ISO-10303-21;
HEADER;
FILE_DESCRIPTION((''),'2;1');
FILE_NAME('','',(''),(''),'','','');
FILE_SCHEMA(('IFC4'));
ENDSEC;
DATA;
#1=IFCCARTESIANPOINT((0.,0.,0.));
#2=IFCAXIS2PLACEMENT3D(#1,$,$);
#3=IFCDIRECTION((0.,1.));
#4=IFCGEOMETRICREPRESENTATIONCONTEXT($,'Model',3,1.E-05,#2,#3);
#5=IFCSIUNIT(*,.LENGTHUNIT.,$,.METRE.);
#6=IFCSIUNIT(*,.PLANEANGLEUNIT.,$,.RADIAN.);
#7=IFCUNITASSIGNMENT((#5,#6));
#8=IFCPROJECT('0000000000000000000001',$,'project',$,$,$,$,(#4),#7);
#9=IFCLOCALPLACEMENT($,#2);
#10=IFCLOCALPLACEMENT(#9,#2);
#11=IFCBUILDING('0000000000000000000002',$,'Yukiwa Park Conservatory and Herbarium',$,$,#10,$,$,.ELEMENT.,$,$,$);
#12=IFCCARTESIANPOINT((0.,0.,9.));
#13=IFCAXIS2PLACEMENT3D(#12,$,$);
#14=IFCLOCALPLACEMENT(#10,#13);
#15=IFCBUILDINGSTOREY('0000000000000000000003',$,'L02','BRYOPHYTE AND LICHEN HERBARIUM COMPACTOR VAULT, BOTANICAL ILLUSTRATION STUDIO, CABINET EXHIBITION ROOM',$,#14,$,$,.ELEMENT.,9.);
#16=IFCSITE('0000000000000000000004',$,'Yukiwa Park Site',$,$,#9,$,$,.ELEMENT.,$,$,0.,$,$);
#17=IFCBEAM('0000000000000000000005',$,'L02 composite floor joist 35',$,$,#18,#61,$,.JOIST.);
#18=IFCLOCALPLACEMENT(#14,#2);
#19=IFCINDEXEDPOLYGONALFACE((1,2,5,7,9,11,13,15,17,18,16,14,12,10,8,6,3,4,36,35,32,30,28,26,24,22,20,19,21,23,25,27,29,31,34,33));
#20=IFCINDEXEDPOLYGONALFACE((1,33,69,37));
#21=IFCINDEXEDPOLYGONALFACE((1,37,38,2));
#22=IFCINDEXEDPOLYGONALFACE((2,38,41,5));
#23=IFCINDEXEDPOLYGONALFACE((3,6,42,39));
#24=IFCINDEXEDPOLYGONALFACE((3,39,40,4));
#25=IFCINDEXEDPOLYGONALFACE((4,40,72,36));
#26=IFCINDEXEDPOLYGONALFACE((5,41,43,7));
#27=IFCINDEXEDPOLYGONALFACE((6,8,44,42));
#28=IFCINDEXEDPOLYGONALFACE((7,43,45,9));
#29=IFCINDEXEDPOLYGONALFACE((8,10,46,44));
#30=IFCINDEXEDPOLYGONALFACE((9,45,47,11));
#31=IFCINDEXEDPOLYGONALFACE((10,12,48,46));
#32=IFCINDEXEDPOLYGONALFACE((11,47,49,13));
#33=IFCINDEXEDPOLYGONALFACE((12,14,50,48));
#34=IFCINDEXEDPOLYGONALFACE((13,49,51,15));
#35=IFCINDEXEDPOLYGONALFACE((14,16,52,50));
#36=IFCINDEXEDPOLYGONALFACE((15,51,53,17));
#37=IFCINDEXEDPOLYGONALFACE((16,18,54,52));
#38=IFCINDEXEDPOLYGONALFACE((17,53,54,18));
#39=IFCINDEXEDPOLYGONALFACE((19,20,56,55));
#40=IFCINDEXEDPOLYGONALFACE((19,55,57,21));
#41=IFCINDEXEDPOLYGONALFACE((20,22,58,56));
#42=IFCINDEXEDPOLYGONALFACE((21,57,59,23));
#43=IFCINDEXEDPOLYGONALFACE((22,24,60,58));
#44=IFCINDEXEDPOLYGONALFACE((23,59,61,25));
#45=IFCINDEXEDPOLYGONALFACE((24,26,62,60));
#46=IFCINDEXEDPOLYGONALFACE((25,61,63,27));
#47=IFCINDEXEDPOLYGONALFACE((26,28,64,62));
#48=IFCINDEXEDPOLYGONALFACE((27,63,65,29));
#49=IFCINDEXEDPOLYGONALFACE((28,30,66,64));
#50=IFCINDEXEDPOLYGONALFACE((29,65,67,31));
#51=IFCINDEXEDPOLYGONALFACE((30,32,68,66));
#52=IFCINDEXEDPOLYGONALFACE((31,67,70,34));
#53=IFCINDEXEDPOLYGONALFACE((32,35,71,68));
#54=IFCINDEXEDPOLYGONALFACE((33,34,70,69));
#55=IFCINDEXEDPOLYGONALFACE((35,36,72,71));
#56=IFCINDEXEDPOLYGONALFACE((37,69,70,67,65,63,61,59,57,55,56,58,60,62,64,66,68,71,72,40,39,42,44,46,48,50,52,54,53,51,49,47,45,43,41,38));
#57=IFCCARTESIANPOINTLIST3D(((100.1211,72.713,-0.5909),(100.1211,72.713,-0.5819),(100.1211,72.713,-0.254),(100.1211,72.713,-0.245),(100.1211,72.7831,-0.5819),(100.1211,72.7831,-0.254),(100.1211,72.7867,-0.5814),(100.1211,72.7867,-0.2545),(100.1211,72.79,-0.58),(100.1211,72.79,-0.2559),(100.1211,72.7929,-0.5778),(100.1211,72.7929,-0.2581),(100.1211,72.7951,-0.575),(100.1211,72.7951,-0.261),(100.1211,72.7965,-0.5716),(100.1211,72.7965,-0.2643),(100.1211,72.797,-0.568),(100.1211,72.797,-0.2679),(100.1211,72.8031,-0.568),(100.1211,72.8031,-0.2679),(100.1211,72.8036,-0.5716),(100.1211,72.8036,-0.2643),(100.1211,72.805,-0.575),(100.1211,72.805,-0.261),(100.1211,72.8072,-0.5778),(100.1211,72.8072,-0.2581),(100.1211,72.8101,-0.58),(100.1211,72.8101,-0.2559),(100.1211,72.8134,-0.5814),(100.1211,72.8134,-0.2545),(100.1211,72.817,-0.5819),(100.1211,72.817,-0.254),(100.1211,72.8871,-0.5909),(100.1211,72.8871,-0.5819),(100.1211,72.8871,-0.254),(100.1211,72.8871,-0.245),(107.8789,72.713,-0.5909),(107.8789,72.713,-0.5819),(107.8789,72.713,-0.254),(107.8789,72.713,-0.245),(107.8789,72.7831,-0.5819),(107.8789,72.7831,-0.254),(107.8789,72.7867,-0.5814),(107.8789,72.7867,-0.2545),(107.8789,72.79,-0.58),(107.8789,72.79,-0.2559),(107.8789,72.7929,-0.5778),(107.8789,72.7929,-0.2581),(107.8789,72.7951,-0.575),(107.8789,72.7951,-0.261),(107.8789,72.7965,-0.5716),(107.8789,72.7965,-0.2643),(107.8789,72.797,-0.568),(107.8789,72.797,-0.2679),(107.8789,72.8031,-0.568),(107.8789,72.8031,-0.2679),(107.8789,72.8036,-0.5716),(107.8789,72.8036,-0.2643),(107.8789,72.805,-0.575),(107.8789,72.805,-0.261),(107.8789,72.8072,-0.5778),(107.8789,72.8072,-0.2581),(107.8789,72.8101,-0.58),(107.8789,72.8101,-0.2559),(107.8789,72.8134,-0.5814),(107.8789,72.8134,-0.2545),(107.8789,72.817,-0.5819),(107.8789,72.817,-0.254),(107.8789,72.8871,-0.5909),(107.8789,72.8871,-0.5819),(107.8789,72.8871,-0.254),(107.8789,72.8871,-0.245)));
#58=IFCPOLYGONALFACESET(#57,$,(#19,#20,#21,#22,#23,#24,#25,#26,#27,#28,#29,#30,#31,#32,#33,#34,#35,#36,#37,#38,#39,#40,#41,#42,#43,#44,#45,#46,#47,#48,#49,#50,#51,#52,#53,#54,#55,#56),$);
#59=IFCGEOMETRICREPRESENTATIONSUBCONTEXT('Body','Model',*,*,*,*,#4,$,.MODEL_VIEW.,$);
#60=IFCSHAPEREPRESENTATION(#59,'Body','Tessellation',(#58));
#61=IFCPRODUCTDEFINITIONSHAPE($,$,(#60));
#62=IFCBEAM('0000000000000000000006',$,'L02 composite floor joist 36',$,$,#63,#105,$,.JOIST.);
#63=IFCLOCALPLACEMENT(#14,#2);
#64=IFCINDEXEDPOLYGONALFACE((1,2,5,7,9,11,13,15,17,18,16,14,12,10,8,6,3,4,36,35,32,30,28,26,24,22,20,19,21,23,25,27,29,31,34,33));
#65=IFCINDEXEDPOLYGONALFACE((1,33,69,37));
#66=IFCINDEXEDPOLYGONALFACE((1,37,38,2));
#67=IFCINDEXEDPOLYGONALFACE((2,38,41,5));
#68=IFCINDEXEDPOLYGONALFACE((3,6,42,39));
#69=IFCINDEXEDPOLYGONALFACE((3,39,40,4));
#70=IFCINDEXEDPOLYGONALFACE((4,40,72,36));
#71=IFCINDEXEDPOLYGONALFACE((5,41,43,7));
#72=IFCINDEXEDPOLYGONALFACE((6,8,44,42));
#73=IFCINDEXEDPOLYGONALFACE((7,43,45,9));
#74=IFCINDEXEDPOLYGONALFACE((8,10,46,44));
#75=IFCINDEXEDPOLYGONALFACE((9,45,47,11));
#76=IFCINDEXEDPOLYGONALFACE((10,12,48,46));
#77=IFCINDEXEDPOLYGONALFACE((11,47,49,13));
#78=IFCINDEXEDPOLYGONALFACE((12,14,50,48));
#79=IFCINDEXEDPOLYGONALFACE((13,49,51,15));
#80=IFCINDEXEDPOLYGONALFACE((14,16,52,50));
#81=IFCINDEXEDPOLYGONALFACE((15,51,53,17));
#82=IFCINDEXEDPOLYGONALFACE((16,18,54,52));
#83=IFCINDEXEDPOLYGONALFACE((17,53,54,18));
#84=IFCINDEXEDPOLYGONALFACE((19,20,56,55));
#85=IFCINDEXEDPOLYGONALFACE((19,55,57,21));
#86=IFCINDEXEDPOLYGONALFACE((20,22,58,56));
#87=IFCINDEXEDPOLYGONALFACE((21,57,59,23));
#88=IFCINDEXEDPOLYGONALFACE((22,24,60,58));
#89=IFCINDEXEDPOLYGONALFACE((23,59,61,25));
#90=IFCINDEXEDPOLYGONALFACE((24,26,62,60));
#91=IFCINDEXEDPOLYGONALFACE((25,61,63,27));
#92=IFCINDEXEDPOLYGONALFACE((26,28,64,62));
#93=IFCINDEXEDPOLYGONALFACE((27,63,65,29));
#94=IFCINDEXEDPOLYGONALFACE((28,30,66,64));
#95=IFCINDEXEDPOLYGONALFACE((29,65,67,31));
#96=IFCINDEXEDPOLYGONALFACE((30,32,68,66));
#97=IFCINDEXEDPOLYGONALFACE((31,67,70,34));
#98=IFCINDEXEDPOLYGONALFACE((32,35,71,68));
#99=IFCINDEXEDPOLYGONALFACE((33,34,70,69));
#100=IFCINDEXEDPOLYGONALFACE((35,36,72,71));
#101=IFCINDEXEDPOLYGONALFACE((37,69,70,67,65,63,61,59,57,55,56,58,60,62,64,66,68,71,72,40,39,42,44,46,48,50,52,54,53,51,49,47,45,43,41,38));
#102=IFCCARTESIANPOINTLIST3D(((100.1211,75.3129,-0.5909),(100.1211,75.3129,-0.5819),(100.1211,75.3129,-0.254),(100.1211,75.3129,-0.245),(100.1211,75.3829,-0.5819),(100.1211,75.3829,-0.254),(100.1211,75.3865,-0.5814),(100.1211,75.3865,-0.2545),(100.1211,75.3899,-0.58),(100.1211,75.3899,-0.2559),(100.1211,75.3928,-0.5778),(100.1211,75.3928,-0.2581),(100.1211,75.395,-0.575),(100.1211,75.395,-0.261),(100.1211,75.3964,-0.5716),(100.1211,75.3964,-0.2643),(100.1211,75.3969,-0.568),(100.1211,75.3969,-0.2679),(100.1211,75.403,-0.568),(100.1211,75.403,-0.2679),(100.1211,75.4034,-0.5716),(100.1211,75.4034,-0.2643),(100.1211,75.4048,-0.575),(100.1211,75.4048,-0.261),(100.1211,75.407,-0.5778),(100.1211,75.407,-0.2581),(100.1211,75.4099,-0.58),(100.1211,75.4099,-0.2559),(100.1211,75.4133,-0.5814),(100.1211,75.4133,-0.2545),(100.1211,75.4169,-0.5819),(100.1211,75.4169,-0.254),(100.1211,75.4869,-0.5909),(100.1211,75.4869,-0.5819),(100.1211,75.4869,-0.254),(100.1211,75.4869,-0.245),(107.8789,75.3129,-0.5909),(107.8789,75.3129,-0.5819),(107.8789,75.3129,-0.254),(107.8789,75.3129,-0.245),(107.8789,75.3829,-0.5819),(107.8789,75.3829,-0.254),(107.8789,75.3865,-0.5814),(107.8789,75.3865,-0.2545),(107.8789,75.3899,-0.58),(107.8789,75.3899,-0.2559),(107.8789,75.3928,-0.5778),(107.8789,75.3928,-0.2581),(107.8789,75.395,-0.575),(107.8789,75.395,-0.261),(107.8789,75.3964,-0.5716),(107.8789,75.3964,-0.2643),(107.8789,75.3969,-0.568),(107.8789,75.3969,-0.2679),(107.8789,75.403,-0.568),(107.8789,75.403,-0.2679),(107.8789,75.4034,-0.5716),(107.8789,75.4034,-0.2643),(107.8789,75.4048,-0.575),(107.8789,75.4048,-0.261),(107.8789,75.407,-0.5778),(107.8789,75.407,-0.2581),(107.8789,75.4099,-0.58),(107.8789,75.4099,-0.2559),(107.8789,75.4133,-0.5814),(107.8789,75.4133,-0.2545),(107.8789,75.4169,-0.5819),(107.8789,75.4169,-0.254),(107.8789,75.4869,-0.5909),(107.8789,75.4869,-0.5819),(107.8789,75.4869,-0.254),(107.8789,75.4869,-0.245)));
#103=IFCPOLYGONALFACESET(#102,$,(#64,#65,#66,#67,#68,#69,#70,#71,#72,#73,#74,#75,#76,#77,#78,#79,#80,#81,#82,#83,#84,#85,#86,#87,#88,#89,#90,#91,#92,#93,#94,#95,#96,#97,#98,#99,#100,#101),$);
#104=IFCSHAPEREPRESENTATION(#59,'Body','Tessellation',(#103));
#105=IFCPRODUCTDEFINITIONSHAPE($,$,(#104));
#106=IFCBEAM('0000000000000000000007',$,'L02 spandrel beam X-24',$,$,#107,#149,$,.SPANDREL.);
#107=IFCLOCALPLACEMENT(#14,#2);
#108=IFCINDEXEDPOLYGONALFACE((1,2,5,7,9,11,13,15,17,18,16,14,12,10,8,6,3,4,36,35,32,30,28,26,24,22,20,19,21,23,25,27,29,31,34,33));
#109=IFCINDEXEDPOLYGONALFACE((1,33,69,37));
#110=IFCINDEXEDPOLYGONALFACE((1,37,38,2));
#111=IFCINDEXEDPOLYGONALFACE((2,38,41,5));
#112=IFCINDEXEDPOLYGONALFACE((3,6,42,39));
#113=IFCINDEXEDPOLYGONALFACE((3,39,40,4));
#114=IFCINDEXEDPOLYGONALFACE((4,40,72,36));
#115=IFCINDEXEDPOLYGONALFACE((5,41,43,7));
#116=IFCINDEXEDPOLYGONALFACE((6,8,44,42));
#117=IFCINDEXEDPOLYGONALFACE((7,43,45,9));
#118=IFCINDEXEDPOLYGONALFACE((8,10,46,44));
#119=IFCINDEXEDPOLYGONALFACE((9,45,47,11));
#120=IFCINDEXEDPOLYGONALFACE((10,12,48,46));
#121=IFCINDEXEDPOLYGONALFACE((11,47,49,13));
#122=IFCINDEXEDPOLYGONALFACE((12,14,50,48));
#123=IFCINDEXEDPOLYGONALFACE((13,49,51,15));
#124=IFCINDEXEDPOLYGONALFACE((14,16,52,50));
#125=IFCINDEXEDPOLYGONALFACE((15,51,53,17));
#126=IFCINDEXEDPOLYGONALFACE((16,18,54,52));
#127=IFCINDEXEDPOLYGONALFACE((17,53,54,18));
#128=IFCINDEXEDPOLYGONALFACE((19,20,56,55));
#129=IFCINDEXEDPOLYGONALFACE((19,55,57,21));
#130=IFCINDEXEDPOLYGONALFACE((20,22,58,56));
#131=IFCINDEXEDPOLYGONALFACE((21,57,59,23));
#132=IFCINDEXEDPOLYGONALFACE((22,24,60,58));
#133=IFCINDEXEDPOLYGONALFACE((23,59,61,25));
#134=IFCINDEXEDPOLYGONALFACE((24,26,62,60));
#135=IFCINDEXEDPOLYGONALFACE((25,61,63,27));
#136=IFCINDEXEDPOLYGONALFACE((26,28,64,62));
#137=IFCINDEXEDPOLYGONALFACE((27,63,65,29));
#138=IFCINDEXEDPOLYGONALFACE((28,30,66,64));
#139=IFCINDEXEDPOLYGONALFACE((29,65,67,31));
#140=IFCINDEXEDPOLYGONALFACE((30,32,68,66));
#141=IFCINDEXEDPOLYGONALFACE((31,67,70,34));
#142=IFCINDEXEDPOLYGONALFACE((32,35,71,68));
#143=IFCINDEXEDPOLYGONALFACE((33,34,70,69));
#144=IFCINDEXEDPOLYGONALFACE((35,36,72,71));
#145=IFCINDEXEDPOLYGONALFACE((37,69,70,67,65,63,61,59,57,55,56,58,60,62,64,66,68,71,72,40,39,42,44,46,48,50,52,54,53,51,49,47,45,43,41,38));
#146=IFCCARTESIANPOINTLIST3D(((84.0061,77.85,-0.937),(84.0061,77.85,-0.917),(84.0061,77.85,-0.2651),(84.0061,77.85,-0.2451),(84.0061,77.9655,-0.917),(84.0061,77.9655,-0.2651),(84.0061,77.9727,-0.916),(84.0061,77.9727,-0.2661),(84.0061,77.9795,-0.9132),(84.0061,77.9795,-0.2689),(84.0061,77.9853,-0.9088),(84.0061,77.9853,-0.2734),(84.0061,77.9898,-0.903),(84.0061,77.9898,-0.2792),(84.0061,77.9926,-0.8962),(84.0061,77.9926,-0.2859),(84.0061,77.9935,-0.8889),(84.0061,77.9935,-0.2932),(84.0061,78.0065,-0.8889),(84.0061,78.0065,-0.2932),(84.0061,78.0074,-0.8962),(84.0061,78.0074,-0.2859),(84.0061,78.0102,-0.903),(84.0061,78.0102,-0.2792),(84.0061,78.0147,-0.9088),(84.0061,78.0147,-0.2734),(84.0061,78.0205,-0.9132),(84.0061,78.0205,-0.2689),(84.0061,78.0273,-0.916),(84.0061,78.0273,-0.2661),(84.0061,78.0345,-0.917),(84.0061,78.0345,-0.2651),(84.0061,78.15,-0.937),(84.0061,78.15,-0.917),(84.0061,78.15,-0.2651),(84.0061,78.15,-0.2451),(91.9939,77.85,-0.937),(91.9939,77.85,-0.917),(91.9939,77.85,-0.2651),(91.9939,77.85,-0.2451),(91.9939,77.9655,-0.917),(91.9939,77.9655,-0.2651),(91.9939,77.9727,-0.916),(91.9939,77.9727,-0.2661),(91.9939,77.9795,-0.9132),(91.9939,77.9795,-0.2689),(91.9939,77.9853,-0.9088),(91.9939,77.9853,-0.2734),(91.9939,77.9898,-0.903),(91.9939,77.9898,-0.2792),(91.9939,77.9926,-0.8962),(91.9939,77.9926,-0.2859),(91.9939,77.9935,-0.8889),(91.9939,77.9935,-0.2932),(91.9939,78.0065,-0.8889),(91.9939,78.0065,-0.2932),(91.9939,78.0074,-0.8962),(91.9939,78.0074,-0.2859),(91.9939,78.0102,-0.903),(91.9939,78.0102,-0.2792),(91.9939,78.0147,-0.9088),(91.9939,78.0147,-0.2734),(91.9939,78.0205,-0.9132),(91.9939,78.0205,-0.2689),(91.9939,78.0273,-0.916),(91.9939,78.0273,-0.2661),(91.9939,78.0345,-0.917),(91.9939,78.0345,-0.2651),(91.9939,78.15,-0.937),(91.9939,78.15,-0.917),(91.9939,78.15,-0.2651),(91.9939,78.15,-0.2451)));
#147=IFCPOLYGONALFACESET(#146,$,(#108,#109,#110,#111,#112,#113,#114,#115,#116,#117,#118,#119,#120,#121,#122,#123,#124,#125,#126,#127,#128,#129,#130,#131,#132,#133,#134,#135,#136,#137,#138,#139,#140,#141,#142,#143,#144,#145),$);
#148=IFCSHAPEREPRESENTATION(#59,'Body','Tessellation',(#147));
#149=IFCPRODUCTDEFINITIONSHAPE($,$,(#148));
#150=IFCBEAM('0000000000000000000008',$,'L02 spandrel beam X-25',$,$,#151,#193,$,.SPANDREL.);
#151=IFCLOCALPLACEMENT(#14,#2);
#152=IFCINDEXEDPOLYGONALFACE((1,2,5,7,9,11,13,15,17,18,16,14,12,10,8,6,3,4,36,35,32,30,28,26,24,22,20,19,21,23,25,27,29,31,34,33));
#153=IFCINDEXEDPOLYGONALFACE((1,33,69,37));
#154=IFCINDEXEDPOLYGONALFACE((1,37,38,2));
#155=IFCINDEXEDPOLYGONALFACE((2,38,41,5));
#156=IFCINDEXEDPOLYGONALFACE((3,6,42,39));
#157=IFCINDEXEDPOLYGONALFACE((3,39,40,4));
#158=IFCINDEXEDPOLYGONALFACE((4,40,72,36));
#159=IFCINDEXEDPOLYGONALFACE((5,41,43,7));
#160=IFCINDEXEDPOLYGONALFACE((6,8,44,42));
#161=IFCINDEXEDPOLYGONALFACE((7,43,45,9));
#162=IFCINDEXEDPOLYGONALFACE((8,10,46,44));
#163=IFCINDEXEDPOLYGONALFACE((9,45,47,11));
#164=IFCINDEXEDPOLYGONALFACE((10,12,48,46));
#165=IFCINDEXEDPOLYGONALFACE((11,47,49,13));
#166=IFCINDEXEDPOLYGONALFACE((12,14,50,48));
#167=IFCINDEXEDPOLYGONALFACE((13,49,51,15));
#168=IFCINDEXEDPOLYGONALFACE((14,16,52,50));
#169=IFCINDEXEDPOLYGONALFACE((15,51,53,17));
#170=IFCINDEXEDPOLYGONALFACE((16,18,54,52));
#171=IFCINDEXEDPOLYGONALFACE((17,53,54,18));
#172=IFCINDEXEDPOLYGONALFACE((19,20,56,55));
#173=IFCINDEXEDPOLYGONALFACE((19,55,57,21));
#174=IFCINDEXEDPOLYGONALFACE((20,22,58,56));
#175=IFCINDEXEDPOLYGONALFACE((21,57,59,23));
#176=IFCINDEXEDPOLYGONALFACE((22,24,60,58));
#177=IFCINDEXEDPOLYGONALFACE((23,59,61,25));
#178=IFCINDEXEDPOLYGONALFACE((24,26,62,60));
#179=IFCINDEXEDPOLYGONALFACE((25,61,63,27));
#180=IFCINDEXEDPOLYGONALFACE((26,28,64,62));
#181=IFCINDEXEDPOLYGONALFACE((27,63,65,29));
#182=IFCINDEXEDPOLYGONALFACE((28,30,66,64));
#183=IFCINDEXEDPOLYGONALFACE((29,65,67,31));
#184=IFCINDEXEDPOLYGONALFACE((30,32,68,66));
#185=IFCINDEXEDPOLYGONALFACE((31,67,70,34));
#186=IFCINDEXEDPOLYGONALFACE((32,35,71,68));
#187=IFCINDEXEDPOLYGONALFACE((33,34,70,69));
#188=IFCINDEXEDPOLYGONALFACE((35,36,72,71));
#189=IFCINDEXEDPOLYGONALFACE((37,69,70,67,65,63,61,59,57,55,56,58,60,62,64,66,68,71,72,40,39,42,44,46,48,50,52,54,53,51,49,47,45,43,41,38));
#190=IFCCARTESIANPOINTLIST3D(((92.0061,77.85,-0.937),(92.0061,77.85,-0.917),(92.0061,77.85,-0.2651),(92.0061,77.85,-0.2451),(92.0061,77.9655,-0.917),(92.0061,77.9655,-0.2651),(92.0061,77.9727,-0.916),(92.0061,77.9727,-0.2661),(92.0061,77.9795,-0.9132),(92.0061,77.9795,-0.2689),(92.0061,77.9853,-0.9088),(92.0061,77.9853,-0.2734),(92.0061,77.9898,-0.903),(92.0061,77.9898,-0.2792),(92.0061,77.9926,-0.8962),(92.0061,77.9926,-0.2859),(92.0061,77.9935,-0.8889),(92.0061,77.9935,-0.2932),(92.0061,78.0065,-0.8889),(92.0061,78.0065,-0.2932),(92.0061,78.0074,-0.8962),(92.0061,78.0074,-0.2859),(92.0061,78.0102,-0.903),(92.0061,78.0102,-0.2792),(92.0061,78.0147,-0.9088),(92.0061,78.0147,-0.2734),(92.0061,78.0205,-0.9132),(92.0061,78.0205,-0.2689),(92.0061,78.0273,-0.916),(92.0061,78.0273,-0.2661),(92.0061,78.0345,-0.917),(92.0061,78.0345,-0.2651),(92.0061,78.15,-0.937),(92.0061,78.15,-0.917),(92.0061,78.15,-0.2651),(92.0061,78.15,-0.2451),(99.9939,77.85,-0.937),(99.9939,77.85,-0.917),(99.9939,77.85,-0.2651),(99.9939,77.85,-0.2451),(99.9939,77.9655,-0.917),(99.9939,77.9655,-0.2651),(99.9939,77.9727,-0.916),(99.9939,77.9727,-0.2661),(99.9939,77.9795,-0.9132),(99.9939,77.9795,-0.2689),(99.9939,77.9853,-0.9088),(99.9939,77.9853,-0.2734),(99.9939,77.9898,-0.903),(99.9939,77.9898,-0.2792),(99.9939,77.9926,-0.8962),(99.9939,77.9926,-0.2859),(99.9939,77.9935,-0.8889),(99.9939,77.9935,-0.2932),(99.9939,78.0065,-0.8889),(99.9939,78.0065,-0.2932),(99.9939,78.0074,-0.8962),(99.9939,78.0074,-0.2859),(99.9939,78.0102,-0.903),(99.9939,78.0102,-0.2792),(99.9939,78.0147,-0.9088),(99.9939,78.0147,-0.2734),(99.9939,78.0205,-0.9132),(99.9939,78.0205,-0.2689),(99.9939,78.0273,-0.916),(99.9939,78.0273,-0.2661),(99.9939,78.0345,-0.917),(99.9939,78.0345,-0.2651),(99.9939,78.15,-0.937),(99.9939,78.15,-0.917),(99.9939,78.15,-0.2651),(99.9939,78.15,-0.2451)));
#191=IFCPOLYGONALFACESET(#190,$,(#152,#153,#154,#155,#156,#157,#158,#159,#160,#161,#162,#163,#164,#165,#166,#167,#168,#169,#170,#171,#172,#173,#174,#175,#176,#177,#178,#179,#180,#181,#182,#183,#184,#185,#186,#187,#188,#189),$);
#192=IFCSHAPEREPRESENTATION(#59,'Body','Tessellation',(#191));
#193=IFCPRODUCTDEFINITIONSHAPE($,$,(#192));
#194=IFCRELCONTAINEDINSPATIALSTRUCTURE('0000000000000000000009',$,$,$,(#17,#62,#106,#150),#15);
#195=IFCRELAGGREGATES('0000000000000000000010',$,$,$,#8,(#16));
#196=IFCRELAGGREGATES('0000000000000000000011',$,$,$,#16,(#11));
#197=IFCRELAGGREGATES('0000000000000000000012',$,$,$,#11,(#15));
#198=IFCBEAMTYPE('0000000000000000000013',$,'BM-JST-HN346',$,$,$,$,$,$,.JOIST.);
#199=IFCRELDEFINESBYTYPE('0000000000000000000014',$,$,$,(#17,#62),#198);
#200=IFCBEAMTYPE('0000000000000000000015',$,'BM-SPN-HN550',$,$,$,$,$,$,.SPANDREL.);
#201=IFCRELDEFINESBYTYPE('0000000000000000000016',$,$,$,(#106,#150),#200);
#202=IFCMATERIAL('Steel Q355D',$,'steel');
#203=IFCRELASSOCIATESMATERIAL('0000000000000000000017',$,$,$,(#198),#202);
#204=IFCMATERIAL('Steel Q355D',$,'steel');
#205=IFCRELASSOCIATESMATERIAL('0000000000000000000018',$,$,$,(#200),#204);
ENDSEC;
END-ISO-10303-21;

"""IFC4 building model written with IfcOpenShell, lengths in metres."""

from ifc_helpers import new_model, si_unit, direction, frame, origin, origin_2d, place, context, subcontext, project, spatial, i_section, extrude, material, material_profile, profile_set, type_object, element, save


model = new_model("IFC4")

# Units and contexts
model_context = context("Model", 3, precision=1e-05, world=origin(), true_north=direction((0.0, 1.0)))
body_context = subcontext(model_context, "Body", "Model", "MODEL_VIEW")
ifc_project = project(units=[si_unit("LENGTHUNIT", "METRE"), si_unit("PLANEANGLEUNIT", "RADIAN")], contexts=[model_context])

# Site, building, storey
site_placement = place(None, origin())
site = spatial("IfcSite", under=ifc_project, at=site_placement, Name="Yukiwa Park Site", CompositionType="ELEMENT", RefElevation=0.0)
building_placement = place(site_placement, origin())
building = spatial("IfcBuilding", under=site, at=building_placement, Name="Yukiwa Park Conservatory and Herbarium", CompositionType="ELEMENT")
storey_placement = place(building_placement, frame((0.0, 0.0, 9.0)))
storey = spatial("IfcBuildingStorey", under=building, at=storey_placement, Name="L02", Description="BRYOPHYTE AND LICHEN HERBARIUM COMPACTOR VAULT, BOTANICAL ILLUSTRATION STUDIO, CABINET EXHIBITION ROOM", CompositionType="ELEMENT", Elevation=9.0)

# Beams
ifc_material_1 = material(Name="Steel Q355D", Category="steel")
ifc_material_profile_1 = material_profile(ifc_material_1, i_section(OverallWidth=0.1741, OverallDepth=0.3459, WebThickness=0.0061, FlangeThickness=0.009, FilletRadius=0.0139, at=origin_2d()), Name="HN 346x174x6x9")
ifc_profile_set_1 = profile_set([ifc_material_profile_1], Name="Steel Q355D")
beam_type_1 = type_object("IfcBeamType", Name="BM-JST-HN346", PredefinedType="JOIST", material=ifc_profile_set_1)
for number, where, z_axis, x_axis, name in (
    (1, (100.1211, 72.8, -0.418), (1.0, 0.0, 0.0), (0.0, 1.0, 0.0), "L02 composite floor joist 35"),
    (2, (100.1211, 75.3999, -0.418), (1.0, 0.0, 0.0), (0.0, 1.0, 0.0), "L02 composite floor joist 36"),
):
    element("IfcBeam", number, at=place(storey_placement, frame(where, z_axis=z_axis, x_axis=x_axis)), inside=storey, type_object=beam_type_1, Name=name, PredefinedType="JOIST", context=body_context, shape_type="SweptSolid", body=[
        extrude(i_section(OverallWidth=0.1741, OverallDepth=0.3459, WebThickness=0.0061, FlangeThickness=0.009, FilletRadius=0.0139, at=origin_2d()), origin(), (0.0, 0.0, 1.0), 7.7578),
    ])
ifc_material_2 = material(Name="Steel Q355D", Category="steel")
ifc_material_profile_2 = material_profile(ifc_material_2, i_section(OverallWidth=0.3, OverallDepth=0.6919, WebThickness=0.0129, FlangeThickness=0.02, FilletRadius=0.0281, at=origin_2d()), Name="HN 692x300x13x20")
ifc_profile_set_2 = profile_set([ifc_material_profile_2], Name="Steel Q355D")
beam_type_2 = type_object("IfcBeamType", Name="BM-SPN-HN550", PredefinedType="SPANDREL", material=ifc_profile_set_2)
for number, where, z_axis, x_axis, name in (
    (3, (84.0061, 78.0, -0.5911), (1.0, 0.0, 0.0), (0.0, 1.0, 0.0), "L02 spandrel beam X-24"),
    (4, (92.0061, 78.0, -0.5911), (1.0, 0.0, 0.0), (0.0, 1.0, 0.0), "L02 spandrel beam X-25"),
):
    element("IfcBeam", number, at=place(storey_placement, frame(where, z_axis=z_axis, x_axis=x_axis)), inside=storey, type_object=beam_type_2, Name=name, PredefinedType="SPANDREL", context=body_context, shape_type="SweptSolid", body=[
        extrude(i_section(OverallWidth=0.3, OverallDepth=0.6919, WebThickness=0.0129, FlangeThickness=0.02, FilletRadius=0.0281, at=origin_2d()), origin(), (0.0, 0.0, 1.0), 7.9878),
    ])

save(model, "model.ifc")
